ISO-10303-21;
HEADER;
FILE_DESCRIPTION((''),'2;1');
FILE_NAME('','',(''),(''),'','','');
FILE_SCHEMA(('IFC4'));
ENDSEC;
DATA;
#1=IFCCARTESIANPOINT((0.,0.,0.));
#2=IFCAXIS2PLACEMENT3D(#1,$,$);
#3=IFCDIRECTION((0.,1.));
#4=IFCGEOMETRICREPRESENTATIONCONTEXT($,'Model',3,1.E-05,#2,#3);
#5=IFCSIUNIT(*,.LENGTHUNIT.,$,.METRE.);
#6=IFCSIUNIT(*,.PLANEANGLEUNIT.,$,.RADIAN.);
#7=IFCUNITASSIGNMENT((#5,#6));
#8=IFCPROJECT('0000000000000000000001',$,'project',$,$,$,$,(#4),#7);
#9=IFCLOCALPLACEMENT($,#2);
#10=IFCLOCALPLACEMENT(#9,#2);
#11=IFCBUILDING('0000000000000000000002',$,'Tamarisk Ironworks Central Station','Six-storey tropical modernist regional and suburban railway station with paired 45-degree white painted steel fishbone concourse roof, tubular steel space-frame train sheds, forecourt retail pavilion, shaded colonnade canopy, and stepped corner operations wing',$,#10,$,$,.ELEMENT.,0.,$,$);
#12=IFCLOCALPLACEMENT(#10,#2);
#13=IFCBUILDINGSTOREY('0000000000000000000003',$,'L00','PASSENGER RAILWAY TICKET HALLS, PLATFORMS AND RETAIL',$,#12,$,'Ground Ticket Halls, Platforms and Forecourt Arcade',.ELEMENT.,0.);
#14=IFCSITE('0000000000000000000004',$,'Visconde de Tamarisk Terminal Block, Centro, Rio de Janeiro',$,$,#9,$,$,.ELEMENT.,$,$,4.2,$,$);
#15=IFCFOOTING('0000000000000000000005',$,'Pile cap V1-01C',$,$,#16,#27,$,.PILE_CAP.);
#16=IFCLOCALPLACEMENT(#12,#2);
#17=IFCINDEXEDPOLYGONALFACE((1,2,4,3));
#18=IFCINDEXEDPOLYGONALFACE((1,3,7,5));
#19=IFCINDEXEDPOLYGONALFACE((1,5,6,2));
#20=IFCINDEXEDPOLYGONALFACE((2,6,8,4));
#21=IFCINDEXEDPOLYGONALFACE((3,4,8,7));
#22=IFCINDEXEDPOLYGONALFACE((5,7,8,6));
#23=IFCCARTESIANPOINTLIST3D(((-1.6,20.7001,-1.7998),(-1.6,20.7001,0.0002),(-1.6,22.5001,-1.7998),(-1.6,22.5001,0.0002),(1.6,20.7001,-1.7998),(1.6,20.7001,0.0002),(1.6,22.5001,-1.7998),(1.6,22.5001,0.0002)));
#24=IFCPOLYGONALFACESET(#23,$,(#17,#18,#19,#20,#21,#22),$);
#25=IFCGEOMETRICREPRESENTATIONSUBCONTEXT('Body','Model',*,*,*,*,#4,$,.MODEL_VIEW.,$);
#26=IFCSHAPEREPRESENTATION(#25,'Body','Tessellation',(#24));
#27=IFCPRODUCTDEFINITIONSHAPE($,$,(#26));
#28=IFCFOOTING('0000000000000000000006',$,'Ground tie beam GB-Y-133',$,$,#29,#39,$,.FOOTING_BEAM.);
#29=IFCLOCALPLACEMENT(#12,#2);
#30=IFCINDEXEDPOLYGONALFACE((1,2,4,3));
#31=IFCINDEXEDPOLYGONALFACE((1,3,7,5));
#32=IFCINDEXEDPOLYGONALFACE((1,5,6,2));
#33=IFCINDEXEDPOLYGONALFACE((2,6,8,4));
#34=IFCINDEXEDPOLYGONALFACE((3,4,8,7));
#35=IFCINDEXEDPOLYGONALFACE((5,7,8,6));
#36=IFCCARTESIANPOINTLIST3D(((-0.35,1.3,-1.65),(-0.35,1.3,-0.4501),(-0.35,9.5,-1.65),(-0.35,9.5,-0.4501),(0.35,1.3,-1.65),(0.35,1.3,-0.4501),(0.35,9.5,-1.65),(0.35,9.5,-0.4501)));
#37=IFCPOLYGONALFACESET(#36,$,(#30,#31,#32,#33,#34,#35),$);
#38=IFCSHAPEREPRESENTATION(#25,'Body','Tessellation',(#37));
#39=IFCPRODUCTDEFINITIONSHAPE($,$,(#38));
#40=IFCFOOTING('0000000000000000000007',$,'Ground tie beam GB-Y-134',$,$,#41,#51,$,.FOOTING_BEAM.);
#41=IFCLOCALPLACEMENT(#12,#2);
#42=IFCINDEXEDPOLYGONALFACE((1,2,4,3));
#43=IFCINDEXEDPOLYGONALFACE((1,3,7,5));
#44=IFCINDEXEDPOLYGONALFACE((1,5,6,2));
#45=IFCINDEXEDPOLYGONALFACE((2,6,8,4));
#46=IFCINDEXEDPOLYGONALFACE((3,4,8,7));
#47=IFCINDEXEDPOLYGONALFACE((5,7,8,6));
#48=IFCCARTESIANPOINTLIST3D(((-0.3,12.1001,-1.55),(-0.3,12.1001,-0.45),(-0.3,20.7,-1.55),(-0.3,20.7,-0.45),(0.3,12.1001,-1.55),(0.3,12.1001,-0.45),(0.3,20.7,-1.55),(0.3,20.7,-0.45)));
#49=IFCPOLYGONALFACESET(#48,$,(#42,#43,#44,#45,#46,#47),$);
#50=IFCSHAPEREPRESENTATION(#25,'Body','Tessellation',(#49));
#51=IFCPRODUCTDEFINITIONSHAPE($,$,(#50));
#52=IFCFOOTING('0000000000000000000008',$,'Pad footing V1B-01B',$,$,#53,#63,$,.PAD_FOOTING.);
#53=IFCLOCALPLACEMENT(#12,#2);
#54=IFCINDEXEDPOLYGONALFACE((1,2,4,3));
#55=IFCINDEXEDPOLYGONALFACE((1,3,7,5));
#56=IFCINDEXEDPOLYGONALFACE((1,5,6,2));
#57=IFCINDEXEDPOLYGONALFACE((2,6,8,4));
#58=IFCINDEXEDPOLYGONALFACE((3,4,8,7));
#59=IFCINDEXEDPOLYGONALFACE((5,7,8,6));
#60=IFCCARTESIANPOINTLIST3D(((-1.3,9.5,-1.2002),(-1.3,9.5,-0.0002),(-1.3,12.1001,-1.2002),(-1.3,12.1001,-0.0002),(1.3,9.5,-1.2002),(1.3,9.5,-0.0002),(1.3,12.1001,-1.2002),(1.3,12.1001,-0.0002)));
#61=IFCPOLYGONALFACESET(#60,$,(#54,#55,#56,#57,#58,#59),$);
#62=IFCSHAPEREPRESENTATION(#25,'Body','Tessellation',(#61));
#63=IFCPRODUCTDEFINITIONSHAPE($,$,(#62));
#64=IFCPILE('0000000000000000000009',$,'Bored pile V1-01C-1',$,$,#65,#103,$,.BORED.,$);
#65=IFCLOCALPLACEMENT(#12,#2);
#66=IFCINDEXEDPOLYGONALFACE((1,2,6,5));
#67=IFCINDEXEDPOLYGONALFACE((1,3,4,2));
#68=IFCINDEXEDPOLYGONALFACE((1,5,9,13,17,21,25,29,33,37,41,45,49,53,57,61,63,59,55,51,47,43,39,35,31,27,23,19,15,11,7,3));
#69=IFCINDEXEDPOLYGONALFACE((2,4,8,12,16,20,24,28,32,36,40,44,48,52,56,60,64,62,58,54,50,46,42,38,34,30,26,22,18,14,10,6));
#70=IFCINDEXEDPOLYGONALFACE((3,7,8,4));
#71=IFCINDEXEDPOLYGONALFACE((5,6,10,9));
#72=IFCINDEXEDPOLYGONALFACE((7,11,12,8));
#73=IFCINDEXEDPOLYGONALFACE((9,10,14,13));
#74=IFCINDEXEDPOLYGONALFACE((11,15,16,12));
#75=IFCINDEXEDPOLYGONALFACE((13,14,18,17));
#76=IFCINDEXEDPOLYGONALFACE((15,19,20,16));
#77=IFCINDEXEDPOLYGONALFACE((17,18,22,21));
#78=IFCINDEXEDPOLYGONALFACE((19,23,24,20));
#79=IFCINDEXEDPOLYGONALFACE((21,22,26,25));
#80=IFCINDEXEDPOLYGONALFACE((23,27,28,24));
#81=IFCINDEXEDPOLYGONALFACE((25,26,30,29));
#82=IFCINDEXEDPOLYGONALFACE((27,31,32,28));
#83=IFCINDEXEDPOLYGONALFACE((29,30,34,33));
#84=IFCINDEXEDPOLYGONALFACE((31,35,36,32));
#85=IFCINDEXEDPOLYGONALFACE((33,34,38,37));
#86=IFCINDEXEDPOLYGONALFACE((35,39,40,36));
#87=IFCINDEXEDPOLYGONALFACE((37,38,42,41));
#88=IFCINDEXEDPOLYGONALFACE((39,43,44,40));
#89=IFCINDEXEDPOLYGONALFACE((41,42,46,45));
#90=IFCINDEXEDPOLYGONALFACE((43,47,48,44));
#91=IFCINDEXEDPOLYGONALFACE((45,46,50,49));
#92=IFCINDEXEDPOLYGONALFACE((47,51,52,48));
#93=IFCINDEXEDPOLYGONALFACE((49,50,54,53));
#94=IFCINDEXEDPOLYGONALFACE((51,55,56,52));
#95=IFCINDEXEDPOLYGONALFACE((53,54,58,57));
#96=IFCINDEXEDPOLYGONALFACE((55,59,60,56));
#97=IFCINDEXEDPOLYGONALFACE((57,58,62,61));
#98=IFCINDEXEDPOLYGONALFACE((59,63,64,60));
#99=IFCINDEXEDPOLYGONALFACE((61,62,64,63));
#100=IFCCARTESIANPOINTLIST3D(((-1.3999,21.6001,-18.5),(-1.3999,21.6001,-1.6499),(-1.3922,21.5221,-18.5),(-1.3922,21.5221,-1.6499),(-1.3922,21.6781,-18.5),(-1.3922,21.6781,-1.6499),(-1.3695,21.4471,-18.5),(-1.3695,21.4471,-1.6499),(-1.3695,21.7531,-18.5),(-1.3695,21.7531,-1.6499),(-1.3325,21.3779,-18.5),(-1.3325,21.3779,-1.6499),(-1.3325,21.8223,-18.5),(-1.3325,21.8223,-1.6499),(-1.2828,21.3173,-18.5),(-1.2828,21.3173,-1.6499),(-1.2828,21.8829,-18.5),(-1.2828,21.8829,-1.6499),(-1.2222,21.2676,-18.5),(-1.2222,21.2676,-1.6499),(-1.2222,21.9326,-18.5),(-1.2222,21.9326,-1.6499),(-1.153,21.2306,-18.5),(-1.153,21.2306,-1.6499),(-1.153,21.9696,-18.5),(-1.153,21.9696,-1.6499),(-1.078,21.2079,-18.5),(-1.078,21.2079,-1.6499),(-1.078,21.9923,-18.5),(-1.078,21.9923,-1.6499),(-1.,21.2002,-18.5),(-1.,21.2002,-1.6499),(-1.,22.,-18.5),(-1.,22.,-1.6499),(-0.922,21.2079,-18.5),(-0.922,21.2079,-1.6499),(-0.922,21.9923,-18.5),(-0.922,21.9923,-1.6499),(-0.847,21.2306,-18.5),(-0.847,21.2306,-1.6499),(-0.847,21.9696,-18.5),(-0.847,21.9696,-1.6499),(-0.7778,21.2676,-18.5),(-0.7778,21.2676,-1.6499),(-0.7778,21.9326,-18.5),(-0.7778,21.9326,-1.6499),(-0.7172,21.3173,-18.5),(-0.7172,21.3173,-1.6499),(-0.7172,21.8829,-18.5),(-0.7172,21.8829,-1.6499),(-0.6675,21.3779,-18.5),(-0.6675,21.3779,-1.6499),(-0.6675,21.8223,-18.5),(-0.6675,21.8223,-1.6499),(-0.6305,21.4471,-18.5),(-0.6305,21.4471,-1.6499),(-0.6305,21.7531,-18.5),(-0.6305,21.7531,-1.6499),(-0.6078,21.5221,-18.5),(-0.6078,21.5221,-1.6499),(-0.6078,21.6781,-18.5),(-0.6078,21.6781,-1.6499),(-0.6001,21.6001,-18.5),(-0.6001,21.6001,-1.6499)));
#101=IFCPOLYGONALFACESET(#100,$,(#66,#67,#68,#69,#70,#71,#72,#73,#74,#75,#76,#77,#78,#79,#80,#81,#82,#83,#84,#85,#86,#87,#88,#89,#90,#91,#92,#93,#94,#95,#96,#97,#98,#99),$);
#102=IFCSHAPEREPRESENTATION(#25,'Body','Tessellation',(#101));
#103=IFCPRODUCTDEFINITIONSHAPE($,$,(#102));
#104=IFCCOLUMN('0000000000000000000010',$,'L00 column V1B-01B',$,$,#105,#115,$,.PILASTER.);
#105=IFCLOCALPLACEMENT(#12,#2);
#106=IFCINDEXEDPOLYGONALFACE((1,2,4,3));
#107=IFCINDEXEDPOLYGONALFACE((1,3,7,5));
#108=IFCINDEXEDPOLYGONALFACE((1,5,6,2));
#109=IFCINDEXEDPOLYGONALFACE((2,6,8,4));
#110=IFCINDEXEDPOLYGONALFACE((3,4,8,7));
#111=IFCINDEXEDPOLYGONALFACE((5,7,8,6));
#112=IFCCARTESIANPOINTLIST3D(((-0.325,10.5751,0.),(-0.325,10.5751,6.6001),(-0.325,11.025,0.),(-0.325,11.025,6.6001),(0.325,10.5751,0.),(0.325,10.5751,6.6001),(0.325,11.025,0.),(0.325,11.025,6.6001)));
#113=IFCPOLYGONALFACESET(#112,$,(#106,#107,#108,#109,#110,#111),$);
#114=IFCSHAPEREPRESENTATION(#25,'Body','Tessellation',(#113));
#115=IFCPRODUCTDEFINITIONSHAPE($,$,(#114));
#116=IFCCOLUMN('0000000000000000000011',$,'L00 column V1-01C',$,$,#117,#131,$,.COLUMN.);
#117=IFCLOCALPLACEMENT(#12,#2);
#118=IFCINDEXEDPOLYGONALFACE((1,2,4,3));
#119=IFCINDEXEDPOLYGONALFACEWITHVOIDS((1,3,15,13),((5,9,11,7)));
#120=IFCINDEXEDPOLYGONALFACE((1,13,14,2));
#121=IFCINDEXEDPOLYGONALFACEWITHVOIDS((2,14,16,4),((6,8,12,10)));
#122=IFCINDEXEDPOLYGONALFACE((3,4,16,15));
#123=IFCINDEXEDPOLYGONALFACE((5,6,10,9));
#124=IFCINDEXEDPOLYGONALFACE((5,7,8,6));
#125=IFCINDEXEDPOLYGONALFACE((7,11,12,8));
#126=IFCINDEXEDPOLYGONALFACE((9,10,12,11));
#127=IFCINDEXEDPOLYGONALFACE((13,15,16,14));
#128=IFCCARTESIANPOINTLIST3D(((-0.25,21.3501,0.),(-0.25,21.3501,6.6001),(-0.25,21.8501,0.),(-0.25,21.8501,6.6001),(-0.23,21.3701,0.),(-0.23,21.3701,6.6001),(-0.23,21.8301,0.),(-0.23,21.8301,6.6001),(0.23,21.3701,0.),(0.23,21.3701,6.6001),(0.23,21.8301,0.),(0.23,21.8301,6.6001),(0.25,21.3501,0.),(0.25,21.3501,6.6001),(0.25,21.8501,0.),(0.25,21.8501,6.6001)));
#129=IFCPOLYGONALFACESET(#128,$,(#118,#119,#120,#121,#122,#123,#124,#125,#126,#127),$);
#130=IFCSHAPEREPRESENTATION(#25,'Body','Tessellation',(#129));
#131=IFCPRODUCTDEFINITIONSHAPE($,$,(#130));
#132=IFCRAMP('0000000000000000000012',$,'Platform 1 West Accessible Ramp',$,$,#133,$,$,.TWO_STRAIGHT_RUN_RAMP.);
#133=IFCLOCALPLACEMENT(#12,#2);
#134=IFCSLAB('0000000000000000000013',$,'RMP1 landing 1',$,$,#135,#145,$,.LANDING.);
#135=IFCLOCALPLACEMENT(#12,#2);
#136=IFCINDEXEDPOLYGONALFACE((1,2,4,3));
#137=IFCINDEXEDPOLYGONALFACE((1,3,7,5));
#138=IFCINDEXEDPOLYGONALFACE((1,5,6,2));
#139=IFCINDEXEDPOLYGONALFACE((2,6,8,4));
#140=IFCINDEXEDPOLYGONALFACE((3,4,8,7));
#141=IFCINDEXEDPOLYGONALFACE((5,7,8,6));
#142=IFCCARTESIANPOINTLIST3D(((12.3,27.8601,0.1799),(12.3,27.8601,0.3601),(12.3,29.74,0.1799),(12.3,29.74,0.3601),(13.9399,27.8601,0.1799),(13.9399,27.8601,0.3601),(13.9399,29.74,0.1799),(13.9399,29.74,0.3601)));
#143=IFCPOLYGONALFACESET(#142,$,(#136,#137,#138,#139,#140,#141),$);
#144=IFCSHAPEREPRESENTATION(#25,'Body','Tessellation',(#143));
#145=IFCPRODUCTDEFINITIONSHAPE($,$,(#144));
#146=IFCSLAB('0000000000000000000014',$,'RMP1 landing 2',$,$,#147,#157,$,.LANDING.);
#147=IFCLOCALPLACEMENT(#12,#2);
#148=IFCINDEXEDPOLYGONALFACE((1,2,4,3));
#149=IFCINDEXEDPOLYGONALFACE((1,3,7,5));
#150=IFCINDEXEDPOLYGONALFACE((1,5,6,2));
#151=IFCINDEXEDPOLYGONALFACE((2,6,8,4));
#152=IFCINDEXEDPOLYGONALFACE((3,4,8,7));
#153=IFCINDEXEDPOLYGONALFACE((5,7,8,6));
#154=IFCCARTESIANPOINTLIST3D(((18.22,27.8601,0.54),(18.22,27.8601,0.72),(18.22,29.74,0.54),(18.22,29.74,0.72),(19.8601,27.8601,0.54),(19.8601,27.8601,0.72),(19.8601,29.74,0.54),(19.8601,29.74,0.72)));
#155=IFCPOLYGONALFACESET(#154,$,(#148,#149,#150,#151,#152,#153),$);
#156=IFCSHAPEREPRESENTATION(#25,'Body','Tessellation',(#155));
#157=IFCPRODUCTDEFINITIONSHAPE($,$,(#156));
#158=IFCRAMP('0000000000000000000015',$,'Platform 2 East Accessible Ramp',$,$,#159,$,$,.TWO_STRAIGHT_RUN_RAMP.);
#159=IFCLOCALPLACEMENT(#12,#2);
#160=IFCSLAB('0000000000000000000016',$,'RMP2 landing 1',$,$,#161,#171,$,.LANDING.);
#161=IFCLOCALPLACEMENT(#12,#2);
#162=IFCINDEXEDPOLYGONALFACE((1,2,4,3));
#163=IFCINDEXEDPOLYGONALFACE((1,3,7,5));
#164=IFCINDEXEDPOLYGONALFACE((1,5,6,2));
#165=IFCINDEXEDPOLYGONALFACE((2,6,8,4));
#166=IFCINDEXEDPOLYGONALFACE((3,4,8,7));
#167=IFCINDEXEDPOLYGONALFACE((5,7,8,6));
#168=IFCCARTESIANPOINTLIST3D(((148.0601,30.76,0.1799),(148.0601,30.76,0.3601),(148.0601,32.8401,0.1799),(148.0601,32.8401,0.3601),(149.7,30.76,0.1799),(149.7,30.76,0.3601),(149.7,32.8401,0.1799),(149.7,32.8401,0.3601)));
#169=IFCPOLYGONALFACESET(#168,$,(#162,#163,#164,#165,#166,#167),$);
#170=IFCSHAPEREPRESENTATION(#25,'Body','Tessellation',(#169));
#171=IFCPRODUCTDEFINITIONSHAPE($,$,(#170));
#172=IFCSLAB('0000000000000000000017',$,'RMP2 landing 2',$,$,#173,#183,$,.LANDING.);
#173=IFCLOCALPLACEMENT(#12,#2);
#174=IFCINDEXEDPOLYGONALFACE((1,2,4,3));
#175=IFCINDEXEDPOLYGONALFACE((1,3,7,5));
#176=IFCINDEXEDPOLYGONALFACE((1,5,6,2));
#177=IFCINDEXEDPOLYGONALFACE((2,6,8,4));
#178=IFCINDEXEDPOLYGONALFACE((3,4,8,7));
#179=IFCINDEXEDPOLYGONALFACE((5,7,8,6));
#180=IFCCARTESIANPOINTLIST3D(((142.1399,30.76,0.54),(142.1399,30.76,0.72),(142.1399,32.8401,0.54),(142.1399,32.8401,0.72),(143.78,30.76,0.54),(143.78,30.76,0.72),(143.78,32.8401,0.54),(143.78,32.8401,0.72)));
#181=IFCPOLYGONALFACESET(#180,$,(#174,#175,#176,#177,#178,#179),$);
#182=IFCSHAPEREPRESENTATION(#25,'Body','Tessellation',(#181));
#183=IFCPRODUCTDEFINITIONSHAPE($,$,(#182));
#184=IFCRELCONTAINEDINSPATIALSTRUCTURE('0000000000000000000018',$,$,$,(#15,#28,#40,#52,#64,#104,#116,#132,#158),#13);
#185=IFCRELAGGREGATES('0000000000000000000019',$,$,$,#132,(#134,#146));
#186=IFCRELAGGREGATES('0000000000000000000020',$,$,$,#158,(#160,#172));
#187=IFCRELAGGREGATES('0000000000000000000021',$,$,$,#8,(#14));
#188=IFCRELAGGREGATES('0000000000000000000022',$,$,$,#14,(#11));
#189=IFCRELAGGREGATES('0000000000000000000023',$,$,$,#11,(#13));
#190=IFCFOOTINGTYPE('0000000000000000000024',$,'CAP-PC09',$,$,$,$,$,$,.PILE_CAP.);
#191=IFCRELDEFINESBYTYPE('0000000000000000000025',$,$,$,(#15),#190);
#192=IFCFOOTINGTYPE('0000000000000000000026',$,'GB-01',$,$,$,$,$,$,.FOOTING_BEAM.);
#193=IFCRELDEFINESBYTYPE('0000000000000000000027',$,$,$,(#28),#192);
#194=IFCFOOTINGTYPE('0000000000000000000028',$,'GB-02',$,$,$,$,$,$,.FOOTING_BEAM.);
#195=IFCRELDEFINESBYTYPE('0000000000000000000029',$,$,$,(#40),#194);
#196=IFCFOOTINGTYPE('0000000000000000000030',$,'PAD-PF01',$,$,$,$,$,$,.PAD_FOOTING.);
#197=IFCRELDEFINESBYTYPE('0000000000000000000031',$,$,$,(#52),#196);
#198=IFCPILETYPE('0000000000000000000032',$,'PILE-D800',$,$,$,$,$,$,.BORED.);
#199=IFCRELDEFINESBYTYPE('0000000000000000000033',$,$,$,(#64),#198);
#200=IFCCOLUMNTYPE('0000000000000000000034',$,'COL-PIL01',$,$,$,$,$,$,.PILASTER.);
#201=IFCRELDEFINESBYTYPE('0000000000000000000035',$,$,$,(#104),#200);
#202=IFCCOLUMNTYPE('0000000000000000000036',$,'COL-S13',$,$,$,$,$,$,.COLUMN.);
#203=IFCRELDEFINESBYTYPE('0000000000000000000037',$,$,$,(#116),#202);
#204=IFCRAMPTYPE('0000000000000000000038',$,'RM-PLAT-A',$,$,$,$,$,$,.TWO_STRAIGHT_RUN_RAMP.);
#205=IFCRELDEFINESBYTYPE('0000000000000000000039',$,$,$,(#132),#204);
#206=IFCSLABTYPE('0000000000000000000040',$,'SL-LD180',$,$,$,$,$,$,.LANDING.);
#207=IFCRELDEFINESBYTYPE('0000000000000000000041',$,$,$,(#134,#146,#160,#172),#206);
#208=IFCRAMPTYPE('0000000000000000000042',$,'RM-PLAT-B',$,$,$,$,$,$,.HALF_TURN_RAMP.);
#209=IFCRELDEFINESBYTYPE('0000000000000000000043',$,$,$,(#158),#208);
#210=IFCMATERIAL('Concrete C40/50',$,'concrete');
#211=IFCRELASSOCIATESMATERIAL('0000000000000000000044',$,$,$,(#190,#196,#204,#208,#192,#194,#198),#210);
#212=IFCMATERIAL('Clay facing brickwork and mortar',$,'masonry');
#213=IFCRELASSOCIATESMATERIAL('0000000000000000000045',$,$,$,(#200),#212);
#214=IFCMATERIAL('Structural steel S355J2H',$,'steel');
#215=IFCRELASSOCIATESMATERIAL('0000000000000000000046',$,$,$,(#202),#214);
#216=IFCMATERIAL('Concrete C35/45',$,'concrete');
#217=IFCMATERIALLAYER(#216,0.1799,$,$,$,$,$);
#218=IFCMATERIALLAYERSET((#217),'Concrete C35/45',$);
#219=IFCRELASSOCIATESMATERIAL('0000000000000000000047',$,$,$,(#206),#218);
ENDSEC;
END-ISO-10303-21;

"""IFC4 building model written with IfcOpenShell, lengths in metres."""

from ifc_helpers import new_model, si_unit, direction, frame, origin, origin_2d, place, context, subcontext, project, spatial, polyline, rectangle, hollow_rectangle, circle, outline, extrude, material, layer, layer_set, material_profile, profile_set, type_object, element, aggregate, save


model = new_model("IFC4")

# Units and contexts
model_context = context("Model", 3, precision=1e-05, world=origin(), true_north=direction((0.0, 1.0)))
body_context = subcontext(model_context, "Body", "Model", "MODEL_VIEW")
ifc_project = project(units=[si_unit("LENGTHUNIT", "METRE"), si_unit("PLANEANGLEUNIT", "RADIAN")], contexts=[model_context])

# Site, building, storey
site_placement = place(None, origin())
site = spatial("IfcSite", under=ifc_project, at=site_placement, Name="Visconde de Tamarisk Terminal Block, Centro, Rio de Janeiro", CompositionType="ELEMENT", RefElevation=4.2)
building_placement = place(site_placement, origin())
building = spatial("IfcBuilding", under=site, at=building_placement, Name="Tamarisk Ironworks Central Station", Description="Six-storey tropical modernist regional and suburban railway station with paired 45-degree white painted steel fishbone concourse roof, tubular steel space-frame train sheds, forecourt retail pavilion, shaded colonnade canopy, and stepped corner operations wing", CompositionType="ELEMENT", ElevationOfRefHeight=0.0)
storey_placement = place(building_placement, origin())
storey = spatial("IfcBuildingStorey", under=building, at=storey_placement, Name="L00", Description="PASSENGER RAILWAY TICKET HALLS, PLATFORMS AND RETAIL", LongName="Ground Ticket Halls, Platforms and Forecourt Arcade", CompositionType="ELEMENT", Elevation=0.0)

# Footings
ifc_material_1 = material(Name="Concrete C40/50", Category="concrete")
footing_type_1 = type_object("IfcFootingType", Name="CAP-PC09", PredefinedType="PILE_CAP", material=ifc_material_1)
footing_1_placement = place(storey_placement, frame((0.0, 21.6001, -1.7998), z_axis=(0.0, 0.0, 1.0), x_axis=(1.0, 0.0, 0.0)))
element("IfcFooting", 1, at=footing_1_placement, inside=storey, type_object=footing_type_1, Name="Pile cap V1-01C", PredefinedType="PILE_CAP", context=body_context, shape_type="SweptSolid", body=[
    extrude(rectangle(XDim=3.2, YDim=1.8, at=origin_2d()), origin(), (0.0, 0.0, 1.0), 1.8),
])
ifc_material_profile_1 = material_profile(ifc_material_1, rectangle(XDim=0.7, YDim=1.2, at=origin_2d()), Name="GB01 700x1200")
ifc_profile_set_1 = profile_set([ifc_material_profile_1], Name="Concrete C40/50")
footing_type_2 = type_object("IfcFootingType", Name="GB-01", PredefinedType="FOOTING_BEAM", material=ifc_profile_set_1)
footing_2_placement = place(storey_placement, frame((0.0, 1.3, -1.05), z_axis=(0.0, 1.0, 0.0), x_axis=(-1.0, 0.0, 0.0)))
element("IfcFooting", 2, at=footing_2_placement, inside=storey, type_object=footing_type_2, Name="Ground tie beam GB-Y-133", PredefinedType="FOOTING_BEAM", context=body_context, shape_type="SweptSolid", body=[
    extrude(rectangle(XDim=0.7, YDim=1.2, at=origin_2d()), origin(), (0.0, 0.0, 1.0), 8.2),
])
ifc_material_profile_2 = material_profile(ifc_material_1, rectangle(XDim=0.6001, YDim=1.1001, at=origin_2d()), Name="GB02 600x1100")
ifc_profile_set_2 = profile_set([ifc_material_profile_2], Name="Concrete C40/50")
footing_type_3 = type_object("IfcFootingType", Name="GB-02", PredefinedType="FOOTING_BEAM", material=ifc_profile_set_2)
footing_3_placement = place(storey_placement, frame((0.0, 12.1001, -1.0), z_axis=(0.0, 1.0, 0.0), x_axis=(-1.0, 0.0, 0.0)))
element("IfcFooting", 3, at=footing_3_placement, inside=storey, type_object=footing_type_3, Name="Ground tie beam GB-Y-134", PredefinedType="FOOTING_BEAM", context=body_context, shape_type="SweptSolid", body=[
    extrude(rectangle(XDim=0.6001, YDim=1.1001, at=origin_2d()), origin(), (0.0, 0.0, 1.0), 8.5999),
])
footing_type_4 = type_object("IfcFootingType", Name="PAD-PF01", PredefinedType="PAD_FOOTING", material=ifc_material_1)
footing_4_placement = place(storey_placement, frame((0.0, 10.8, -1.2002), z_axis=(0.0, 0.0, 1.0), x_axis=(1.0, 0.0, 0.0)))
element("IfcFooting", 4, at=footing_4_placement, inside=storey, type_object=footing_type_4, Name="Pad footing V1B-01B", PredefinedType="PAD_FOOTING", context=body_context, shape_type="SweptSolid", body=[
    extrude(rectangle(XDim=2.6001, YDim=2.6001, at=origin_2d()), origin(), (0.0, 0.0, 1.0), 1.2),
])

# Pile
ifc_material_profile_3 = material_profile(ifc_material_1, circle(Radius=0.3999, at=origin_2d()), Name="BORED PILE D800")
ifc_profile_set_3 = profile_set([ifc_material_profile_3], Name="Concrete C40/50")
pile_type = type_object("IfcPileType", Name="PILE-D800", PredefinedType="BORED", material=ifc_profile_set_3)
pile_placement = place(storey_placement, frame((-1.0, 21.6001, -1.6499), z_axis=(0.0, 0.0, -1.0), x_axis=(1.0, 0.0, 0.0)))
element("IfcPile", 5, at=pile_placement, inside=storey, type_object=pile_type, Name="Bored pile V1-01C-1", PredefinedType="BORED", context=body_context, shape_type="SweptSolid", body=[
    extrude(circle(Radius=0.3999, at=origin_2d()), origin(), (0.0, 0.0, 1.0), 16.8501),
])

# Columns
ifc_material_2 = material(Name="Clay facing brickwork and mortar", Category="masonry")
ifc_material_profile_4 = material_profile(ifc_material_2, rectangle(XDim=0.6499, YDim=0.45, at=origin_2d()), Name="PIL 650x450")
ifc_profile_set_4 = profile_set([ifc_material_profile_4], Name="Clay facing brickwork and mortar")
column_type_1 = type_object("IfcColumnType", Name="COL-PIL01", PredefinedType="PILASTER", material=ifc_profile_set_4)
column_1_placement = place(storey_placement, frame((0.0, 10.8, 0.0), z_axis=(0.0, 0.0, 1.0), x_axis=(1.0, 0.0, 0.0)))
element("IfcColumn", 6, at=column_1_placement, inside=storey, type_object=column_type_1, Name="L00 column V1B-01B", PredefinedType="PILASTER", context=body_context, shape_type="SweptSolid", body=[
    extrude(rectangle(XDim=0.6499, YDim=0.45, at=origin_2d()), origin(), (0.0, 0.0, 1.0), 6.6001),
])
ifc_material_3 = material(Name="Structural steel S355J2H", Category="steel")
ifc_material_profile_5 = material_profile(ifc_material_3, hollow_rectangle(XDim=0.5, YDim=0.5, WallThickness=0.02, at=origin_2d()), Name="SHS 500x500x20")
ifc_profile_set_5 = profile_set([ifc_material_profile_5], Name="Structural steel S355J2H")
column_type_2 = type_object("IfcColumnType", Name="COL-S13", PredefinedType="COLUMN", material=ifc_profile_set_5)
column_2_placement = place(storey_placement, frame((0.0, 21.6001, 0.0), z_axis=(0.0, 0.0, 1.0), x_axis=(1.0, 0.0, 0.0)))
element("IfcColumn", 7, at=column_2_placement, inside=storey, type_object=column_type_2, Name="L00 column V1-01C", PredefinedType="COLUMN", context=body_context, shape_type="SweptSolid", body=[
    extrude(hollow_rectangle(XDim=0.5, YDim=0.5, WallThickness=0.02, at=origin_2d()), origin(), (0.0, 0.0, 1.0), 6.6001),
])

# Ramps, slabs
ramp_type_1 = type_object("IfcRampType", Name="RM-PLAT-A", PredefinedType="TWO_STRAIGHT_RUN_RAMP", material=ifc_material_1)
ramp_1_placement = place(storey_placement, origin())
ramp_1 = element("IfcRamp", 8, at=ramp_1_placement, inside=storey, type_object=ramp_type_1, Name="Platform 1 West Accessible Ramp", PredefinedType="TWO_STRAIGHT_RUN_RAMP")
ifc_material_4 = material(Name="Concrete C35/45", Category="concrete")
ifc_layer_1 = layer(ifc_material_4, 0.1799)
ifc_layer_set_1 = layer_set([ifc_layer_1], Name="Concrete C35/45")
slab_type = type_object("IfcSlabType", Name="SL-LD180", PredefinedType="LANDING", material=ifc_layer_set_1)
slab_1_placement = place(storey_placement, frame((0.0, 0.0, 0.1799)))
slab_1 = element("IfcSlab", 9, at=slab_1_placement, type_object=slab_type, Name="RMP1 landing 1", PredefinedType="LANDING", context=body_context, shape_type="SweptSolid", body=[
    extrude(outline(polyline([(12.3, 27.8601), (13.9399, 27.8601), (13.9399, 29.74), (12.3, 29.74), (12.3, 27.8601)])), origin(), (0.0, 0.0, 1.0), 0.1802),
])
slab_2_placement = place(storey_placement, frame((0.0, 0.0, 0.54)))
slab_2 = element("IfcSlab", 10, at=slab_2_placement, type_object=slab_type, Name="RMP1 landing 2", PredefinedType="LANDING", context=body_context, shape_type="SweptSolid", body=[
    extrude(outline(polyline([(18.22, 27.8601), (19.8601, 27.8601), (19.8601, 29.74), (18.22, 29.74), (18.22, 27.8601)])), origin(), (0.0, 0.0, 1.0), 0.1799),
])
aggregate(ramp_1, [slab_1, slab_2])
ramp_type_2 = type_object("IfcRampType", Name="RM-PLAT-B", PredefinedType="HALF_TURN_RAMP", material=ifc_material_1)
ramp_2_placement = place(storey_placement, origin())
ramp_2 = element("IfcRamp", 11, at=ramp_2_placement, inside=storey, type_object=ramp_type_2, Name="Platform 2 East Accessible Ramp", PredefinedType="TWO_STRAIGHT_RUN_RAMP")
slab_3_placement = place(storey_placement, frame((0.0, 0.0, 0.1799)))
slab_3 = element("IfcSlab", 12, at=slab_3_placement, type_object=slab_type, Name="RMP2 landing 1", PredefinedType="LANDING", context=body_context, shape_type="SweptSolid", body=[
    extrude(outline(polyline([(148.0601, 30.76), (149.7, 30.76), (149.7, 32.8401), (148.0601, 32.8401), (148.0601, 30.76)])), origin(), (0.0, 0.0, 1.0), 0.1802),
])
slab_4_placement = place(storey_placement, frame((0.0, 0.0, 0.54)))
slab_4 = element("IfcSlab", 13, at=slab_4_placement, type_object=slab_type, Name="RMP2 landing 2", PredefinedType="LANDING", context=body_context, shape_type="SweptSolid", body=[
    extrude(outline(polyline([(142.1399, 30.76), (143.78, 30.76), (143.78, 32.8401), (142.1399, 32.8401), (142.1399, 30.76)])), origin(), (0.0, 0.0, 1.0), 0.1799),
])
aggregate(ramp_2, [slab_3, slab_4])

save(model, "model.ifc")
